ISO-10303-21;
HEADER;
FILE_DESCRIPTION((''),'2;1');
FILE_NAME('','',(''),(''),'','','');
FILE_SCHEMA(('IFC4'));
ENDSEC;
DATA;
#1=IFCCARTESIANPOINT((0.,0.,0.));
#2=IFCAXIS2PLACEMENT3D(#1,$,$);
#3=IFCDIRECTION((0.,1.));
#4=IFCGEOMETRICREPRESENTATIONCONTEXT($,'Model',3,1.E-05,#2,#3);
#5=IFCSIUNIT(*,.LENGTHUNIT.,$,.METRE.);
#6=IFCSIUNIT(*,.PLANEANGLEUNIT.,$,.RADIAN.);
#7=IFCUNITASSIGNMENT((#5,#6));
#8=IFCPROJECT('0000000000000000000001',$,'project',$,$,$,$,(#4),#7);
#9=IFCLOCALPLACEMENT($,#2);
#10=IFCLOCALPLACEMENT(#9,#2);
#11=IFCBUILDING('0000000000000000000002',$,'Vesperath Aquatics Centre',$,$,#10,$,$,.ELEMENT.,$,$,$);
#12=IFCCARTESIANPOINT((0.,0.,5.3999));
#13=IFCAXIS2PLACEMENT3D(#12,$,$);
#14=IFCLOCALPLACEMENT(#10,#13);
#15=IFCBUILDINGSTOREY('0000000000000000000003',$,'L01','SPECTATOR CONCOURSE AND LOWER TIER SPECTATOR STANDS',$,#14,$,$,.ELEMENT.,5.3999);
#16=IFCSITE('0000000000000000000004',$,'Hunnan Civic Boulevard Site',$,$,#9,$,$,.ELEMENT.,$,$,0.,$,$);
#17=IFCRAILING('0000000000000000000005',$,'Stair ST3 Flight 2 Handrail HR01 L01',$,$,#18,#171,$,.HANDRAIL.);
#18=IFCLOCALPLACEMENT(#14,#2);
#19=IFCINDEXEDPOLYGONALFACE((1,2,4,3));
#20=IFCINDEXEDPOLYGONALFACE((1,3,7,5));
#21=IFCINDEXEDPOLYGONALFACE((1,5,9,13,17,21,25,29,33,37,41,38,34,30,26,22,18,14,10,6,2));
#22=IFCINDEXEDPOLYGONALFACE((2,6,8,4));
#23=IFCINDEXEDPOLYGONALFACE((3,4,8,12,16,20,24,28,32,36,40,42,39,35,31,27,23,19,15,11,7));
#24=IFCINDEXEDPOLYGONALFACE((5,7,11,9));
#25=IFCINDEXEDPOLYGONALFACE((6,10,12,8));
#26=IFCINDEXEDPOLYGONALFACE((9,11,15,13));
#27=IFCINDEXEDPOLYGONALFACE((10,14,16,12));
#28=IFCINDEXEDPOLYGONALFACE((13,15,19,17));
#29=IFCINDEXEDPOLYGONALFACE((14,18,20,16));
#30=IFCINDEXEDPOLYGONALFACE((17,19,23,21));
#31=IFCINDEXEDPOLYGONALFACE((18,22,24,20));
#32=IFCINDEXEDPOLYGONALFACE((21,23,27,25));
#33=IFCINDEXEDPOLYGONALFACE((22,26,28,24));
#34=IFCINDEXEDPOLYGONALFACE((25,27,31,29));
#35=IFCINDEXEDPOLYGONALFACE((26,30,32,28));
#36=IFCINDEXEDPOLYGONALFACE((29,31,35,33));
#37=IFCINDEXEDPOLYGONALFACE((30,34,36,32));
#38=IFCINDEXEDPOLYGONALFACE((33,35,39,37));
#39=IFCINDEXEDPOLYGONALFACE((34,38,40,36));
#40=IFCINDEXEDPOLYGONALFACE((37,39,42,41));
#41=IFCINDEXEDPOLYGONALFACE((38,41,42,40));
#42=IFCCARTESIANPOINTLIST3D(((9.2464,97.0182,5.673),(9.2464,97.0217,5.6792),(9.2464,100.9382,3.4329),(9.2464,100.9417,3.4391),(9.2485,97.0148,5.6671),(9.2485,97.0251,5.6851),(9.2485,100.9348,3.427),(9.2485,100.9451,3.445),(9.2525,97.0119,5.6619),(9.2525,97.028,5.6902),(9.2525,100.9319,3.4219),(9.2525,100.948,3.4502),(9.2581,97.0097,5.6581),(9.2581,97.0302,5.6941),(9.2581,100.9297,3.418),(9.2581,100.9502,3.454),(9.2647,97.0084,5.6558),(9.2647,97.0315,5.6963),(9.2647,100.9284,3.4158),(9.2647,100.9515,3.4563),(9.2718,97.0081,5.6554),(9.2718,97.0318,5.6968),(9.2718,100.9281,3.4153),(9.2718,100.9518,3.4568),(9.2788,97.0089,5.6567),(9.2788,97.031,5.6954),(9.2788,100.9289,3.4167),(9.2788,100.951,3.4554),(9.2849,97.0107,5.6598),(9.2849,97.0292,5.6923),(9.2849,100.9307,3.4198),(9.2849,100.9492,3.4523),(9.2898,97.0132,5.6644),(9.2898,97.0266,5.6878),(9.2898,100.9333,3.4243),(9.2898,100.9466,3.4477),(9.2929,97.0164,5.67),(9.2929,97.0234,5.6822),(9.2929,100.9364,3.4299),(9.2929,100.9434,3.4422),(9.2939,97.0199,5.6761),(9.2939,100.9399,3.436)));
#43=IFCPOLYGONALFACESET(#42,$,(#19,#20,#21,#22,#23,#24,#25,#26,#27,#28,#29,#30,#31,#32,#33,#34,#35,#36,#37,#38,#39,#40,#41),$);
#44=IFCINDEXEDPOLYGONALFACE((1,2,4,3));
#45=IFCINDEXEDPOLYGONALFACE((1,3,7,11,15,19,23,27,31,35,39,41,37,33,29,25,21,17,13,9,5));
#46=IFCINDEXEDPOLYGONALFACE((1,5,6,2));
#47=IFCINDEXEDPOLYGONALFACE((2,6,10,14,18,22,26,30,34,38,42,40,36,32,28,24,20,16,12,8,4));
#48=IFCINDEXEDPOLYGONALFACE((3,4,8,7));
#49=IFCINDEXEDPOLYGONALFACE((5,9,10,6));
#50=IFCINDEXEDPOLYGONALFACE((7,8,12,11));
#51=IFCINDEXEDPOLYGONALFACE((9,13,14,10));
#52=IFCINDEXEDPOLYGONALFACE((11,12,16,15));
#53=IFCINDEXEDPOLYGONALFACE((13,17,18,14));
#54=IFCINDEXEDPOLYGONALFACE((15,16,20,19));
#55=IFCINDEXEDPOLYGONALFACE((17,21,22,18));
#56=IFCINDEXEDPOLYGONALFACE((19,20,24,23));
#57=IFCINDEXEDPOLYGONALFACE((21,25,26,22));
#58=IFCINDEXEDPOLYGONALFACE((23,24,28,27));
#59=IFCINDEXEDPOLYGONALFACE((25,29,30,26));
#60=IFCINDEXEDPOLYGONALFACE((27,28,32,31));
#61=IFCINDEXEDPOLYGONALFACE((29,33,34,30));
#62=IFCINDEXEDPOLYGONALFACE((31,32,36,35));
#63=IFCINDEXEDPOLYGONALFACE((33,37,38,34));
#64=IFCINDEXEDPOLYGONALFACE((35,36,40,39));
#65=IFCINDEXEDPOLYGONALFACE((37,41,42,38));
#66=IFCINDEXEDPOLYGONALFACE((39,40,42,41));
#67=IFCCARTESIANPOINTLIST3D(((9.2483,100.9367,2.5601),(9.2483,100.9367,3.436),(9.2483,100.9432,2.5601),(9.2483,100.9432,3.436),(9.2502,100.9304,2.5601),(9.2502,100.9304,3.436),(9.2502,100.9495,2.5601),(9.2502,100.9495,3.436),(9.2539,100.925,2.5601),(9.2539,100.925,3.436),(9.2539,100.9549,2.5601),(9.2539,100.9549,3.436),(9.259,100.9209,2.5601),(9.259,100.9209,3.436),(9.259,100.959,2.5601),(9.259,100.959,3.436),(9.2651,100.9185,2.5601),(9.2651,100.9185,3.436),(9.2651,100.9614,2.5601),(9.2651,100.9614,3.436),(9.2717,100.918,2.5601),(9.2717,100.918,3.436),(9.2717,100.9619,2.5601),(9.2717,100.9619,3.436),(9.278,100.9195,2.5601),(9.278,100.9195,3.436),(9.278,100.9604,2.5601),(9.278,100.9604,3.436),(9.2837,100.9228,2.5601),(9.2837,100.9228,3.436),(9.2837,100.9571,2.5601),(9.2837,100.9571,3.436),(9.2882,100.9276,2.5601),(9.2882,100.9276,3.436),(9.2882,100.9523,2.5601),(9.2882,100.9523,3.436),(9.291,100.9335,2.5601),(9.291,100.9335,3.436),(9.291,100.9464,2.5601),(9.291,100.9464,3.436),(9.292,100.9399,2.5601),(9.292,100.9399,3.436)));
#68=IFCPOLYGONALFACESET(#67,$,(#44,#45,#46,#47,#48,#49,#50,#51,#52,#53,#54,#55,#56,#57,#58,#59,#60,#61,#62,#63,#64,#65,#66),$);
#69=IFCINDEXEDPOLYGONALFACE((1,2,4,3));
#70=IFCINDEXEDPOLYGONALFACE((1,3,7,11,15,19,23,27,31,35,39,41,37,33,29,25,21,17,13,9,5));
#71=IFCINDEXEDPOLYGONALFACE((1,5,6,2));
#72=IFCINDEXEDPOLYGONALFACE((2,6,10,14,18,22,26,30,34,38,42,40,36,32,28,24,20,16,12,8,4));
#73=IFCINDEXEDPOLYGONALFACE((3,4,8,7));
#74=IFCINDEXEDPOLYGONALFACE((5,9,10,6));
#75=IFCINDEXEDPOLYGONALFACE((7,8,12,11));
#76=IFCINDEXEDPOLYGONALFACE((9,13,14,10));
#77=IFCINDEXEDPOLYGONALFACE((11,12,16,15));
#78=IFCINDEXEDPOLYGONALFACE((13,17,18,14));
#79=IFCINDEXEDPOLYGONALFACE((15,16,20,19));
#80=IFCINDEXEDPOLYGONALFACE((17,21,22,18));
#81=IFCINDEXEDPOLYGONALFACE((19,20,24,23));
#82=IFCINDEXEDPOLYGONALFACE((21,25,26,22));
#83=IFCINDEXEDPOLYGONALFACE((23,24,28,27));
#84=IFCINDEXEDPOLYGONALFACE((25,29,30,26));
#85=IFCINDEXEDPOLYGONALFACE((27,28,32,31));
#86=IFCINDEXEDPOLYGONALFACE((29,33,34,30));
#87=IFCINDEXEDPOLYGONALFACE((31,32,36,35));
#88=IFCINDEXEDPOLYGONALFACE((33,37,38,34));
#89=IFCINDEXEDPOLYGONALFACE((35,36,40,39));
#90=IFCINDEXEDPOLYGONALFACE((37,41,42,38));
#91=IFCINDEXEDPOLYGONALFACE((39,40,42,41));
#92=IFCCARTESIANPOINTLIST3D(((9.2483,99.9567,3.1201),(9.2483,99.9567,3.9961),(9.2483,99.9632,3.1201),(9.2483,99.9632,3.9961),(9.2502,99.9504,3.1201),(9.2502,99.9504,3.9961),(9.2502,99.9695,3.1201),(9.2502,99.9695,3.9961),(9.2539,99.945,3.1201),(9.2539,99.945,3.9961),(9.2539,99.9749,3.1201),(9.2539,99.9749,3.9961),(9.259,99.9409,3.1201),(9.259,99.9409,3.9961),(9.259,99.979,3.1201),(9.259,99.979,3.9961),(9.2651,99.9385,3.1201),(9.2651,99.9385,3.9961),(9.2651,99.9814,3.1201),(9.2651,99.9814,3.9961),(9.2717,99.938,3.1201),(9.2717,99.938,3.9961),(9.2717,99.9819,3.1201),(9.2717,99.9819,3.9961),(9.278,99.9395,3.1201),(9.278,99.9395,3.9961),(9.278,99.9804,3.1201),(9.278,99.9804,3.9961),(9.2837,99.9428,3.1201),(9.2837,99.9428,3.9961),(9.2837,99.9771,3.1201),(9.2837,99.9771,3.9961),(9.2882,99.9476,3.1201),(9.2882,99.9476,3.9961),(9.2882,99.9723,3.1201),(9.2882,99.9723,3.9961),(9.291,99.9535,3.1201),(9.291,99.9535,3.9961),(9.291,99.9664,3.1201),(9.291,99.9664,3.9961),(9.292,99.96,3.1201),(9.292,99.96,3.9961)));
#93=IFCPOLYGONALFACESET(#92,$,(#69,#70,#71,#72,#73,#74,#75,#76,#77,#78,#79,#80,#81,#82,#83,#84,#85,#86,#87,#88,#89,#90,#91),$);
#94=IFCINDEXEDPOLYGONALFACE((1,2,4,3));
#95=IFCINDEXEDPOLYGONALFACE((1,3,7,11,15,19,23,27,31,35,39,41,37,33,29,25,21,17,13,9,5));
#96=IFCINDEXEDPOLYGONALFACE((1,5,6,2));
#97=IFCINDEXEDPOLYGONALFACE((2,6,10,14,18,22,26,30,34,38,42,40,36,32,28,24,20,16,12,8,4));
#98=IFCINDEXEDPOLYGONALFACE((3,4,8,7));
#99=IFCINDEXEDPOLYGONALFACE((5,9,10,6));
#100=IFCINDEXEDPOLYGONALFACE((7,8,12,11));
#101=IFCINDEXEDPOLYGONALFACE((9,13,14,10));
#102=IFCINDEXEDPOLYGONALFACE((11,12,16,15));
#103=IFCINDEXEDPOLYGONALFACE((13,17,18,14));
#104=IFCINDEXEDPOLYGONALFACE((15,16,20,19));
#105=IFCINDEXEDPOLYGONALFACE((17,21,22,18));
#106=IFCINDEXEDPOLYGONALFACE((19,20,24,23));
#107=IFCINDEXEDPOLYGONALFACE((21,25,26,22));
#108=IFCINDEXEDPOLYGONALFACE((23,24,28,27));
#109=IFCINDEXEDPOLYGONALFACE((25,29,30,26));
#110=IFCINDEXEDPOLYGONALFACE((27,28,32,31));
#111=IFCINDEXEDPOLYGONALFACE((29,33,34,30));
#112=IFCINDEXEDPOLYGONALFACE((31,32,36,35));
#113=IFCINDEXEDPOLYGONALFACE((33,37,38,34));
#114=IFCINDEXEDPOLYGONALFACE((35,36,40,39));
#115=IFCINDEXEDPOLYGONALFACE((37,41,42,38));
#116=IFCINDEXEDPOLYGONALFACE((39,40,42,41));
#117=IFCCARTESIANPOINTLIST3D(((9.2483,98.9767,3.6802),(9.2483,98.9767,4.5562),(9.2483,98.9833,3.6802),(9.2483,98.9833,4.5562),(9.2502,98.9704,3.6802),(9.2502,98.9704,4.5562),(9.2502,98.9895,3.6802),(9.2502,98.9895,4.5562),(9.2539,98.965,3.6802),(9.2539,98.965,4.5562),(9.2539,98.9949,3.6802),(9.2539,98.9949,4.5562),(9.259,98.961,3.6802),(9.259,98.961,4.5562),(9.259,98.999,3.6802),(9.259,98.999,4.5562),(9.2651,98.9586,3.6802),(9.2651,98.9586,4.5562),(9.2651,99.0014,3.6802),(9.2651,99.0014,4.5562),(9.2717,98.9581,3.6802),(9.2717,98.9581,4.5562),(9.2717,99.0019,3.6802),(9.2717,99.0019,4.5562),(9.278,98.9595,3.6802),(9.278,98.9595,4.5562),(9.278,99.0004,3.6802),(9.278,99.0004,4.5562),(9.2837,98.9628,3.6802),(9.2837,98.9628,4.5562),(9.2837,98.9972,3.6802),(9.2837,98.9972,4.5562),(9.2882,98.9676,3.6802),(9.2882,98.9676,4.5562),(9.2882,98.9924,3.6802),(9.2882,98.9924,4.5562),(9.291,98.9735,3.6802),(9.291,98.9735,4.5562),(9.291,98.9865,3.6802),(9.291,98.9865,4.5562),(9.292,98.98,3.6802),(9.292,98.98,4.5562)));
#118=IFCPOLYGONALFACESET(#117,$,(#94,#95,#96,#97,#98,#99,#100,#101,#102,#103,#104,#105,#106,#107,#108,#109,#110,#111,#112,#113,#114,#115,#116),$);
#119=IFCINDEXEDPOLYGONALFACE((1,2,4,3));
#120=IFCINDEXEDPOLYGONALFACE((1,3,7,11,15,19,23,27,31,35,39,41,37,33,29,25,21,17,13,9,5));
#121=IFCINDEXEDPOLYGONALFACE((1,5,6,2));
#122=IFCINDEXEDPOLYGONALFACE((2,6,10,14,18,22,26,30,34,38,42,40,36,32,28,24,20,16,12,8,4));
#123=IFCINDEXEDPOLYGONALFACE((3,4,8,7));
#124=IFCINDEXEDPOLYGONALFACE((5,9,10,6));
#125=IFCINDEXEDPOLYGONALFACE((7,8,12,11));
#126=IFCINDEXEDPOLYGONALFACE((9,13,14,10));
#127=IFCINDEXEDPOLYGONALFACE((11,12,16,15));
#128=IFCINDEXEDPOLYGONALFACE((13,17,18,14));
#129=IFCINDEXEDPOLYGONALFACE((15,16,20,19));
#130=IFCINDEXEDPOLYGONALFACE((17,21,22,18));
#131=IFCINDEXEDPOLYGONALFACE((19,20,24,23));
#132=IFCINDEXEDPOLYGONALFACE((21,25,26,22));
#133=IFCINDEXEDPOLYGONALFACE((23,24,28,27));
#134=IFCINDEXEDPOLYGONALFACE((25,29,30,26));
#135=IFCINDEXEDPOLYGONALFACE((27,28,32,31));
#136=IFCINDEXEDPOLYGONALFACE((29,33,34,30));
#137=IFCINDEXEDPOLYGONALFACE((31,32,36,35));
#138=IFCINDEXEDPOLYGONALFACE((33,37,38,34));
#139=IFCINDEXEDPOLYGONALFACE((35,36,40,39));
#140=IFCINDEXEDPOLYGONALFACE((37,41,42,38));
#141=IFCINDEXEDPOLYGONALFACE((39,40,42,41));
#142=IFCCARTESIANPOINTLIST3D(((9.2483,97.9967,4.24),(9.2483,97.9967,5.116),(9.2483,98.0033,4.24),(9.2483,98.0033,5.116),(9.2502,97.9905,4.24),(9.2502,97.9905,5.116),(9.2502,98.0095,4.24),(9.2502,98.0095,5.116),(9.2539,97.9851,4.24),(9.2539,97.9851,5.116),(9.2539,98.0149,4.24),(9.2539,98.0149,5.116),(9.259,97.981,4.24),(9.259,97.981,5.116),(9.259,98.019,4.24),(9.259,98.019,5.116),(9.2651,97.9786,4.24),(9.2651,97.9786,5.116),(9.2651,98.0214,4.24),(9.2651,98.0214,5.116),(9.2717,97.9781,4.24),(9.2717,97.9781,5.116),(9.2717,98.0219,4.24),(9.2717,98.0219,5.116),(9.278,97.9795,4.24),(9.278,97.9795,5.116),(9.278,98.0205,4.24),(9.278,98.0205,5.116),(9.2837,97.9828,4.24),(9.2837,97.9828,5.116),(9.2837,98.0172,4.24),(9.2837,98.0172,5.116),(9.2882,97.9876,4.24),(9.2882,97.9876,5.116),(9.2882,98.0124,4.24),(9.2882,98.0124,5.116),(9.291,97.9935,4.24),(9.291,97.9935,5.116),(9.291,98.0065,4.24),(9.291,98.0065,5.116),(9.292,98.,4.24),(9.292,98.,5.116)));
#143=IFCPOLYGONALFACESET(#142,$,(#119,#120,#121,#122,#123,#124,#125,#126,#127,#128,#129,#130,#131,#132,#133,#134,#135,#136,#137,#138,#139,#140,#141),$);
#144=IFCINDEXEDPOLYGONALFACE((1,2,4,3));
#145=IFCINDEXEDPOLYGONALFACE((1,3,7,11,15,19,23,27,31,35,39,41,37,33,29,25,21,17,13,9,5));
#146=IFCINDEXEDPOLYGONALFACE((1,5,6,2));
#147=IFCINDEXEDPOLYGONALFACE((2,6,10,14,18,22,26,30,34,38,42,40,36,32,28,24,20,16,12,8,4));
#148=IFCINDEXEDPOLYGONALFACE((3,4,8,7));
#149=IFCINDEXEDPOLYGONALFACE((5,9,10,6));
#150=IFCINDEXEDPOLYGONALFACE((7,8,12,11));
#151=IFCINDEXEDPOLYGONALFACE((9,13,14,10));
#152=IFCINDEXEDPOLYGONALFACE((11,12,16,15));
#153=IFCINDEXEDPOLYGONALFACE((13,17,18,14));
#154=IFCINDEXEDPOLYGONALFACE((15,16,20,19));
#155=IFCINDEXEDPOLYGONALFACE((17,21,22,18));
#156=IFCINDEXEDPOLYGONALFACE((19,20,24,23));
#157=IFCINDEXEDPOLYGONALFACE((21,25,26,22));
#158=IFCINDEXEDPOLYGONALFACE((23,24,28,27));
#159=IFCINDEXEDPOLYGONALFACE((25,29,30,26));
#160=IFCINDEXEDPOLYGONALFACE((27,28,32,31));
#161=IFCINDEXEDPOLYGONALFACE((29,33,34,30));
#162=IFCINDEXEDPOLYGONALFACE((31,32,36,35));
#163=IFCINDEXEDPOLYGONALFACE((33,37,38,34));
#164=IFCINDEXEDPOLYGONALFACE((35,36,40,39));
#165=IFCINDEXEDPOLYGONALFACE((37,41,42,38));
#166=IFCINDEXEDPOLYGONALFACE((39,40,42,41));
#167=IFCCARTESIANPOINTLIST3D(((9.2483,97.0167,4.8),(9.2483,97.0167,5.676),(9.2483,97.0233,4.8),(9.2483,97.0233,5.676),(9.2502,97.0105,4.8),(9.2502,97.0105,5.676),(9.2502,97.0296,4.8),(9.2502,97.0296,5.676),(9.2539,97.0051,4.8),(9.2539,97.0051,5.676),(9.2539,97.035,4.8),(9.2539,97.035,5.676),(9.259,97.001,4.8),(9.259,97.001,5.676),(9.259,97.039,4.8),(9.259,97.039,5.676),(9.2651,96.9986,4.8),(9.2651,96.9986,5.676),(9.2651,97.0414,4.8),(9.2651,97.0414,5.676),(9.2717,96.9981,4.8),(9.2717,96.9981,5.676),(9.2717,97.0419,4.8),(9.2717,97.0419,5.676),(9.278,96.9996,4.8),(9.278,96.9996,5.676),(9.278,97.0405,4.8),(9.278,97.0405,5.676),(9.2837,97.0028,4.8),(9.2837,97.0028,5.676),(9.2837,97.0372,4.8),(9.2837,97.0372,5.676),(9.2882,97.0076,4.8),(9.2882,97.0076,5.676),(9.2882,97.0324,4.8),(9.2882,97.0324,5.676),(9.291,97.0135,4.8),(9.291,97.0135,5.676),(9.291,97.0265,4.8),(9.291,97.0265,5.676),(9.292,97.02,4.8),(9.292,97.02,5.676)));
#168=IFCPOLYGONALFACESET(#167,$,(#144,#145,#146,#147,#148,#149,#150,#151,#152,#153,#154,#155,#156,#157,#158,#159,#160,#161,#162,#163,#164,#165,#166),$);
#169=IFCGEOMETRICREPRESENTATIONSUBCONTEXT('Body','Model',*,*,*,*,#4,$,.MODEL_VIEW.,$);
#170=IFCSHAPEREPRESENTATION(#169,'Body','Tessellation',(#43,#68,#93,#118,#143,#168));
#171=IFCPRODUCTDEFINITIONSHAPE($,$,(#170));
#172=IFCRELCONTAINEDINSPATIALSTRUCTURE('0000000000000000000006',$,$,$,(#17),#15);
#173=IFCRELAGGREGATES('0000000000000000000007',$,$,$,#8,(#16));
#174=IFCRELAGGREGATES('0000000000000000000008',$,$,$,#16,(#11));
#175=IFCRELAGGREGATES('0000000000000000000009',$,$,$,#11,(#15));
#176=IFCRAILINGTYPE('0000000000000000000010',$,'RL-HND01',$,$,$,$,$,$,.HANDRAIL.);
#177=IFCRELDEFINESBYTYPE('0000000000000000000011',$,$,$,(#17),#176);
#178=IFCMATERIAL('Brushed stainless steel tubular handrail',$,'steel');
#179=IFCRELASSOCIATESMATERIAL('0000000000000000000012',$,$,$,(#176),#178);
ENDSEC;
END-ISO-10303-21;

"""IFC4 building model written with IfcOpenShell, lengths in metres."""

from ifc_helpers import new_model, si_unit, direction, frame, origin, origin_2d, place, context, subcontext, project, spatial, circle, extrude, material, type_object, element, save


model = new_model("IFC4")

# Units and contexts
model_context = context("Model", 3, precision=1e-05, world=origin(), true_north=direction((0.0, 1.0)))
body_context = subcontext(model_context, "Body", "Model", "MODEL_VIEW")
ifc_project = project(units=[si_unit("LENGTHUNIT", "METRE"), si_unit("PLANEANGLEUNIT", "RADIAN")], contexts=[model_context])

# Site, building, storey
site_placement = place(None, origin())
site = spatial("IfcSite", under=ifc_project, at=site_placement, Name="Hunnan Civic Boulevard Site", CompositionType="ELEMENT", RefElevation=0.0)
building_placement = place(site_placement, origin())
building = spatial("IfcBuilding", under=site, at=building_placement, Name="Vesperath Aquatics Centre", CompositionType="ELEMENT")
storey_placement = place(building_placement, frame((0.0, 0.0, 5.3999)))
storey = spatial("IfcBuildingStorey", under=building, at=storey_placement, Name="L01", Description="SPECTATOR CONCOURSE AND LOWER TIER SPECTATOR STANDS", CompositionType="ELEMENT", Elevation=5.3999)

# Railing
ifc_material_1 = material(Name="Brushed stainless steel tubular handrail", Category="steel")
railing_type_1 = type_object("IfcRailingType", Name="RL-HND01", PredefinedType="HANDRAIL", material=ifc_material_1)
railing_1_placement = place(storey_placement, frame((9.27, 100.9399, 2.5601)))
element("IfcRailing", 1, at=railing_1_placement, inside=storey, type_object=railing_type_1, Name="Stair ST3 Flight 2 Handrail HR01 L01", PredefinedType="HANDRAIL", context=body_context, shape_type="SweptSolid", body=[
    extrude(circle(Radius=0.0239, at=origin_2d()), frame((0.0, 0.0, 0.876), z_axis=(0.0, -0.86824, 0.496145), x_axis=(1.0, 0.0, 0.0)), (0.0, 0.0, 1.0), 4.5149),
    extrude(circle(Radius=0.022, at=origin_2d()), origin(), (0.0, 0.0, 1.0), 0.876),
    extrude(circle(Radius=0.022, at=origin_2d()), frame((0.0, -0.98, 0.5601)), (0.0, 0.0, 1.0), 0.876),
    extrude(circle(Radius=0.022, at=origin_2d()), frame((0.0, -1.96, 1.1201)), (0.0, 0.0, 1.0), 0.876),
    extrude(circle(Radius=0.022, at=origin_2d()), frame((0.0, -2.9399, 1.6799)), (0.0, 0.0, 1.0), 0.876),
    extrude(circle(Radius=0.022, at=origin_2d()), frame((0.0, -3.9199, 2.24)), (0.0, 0.0, 1.0), 0.876),
])

save(model, "model.ifc")
